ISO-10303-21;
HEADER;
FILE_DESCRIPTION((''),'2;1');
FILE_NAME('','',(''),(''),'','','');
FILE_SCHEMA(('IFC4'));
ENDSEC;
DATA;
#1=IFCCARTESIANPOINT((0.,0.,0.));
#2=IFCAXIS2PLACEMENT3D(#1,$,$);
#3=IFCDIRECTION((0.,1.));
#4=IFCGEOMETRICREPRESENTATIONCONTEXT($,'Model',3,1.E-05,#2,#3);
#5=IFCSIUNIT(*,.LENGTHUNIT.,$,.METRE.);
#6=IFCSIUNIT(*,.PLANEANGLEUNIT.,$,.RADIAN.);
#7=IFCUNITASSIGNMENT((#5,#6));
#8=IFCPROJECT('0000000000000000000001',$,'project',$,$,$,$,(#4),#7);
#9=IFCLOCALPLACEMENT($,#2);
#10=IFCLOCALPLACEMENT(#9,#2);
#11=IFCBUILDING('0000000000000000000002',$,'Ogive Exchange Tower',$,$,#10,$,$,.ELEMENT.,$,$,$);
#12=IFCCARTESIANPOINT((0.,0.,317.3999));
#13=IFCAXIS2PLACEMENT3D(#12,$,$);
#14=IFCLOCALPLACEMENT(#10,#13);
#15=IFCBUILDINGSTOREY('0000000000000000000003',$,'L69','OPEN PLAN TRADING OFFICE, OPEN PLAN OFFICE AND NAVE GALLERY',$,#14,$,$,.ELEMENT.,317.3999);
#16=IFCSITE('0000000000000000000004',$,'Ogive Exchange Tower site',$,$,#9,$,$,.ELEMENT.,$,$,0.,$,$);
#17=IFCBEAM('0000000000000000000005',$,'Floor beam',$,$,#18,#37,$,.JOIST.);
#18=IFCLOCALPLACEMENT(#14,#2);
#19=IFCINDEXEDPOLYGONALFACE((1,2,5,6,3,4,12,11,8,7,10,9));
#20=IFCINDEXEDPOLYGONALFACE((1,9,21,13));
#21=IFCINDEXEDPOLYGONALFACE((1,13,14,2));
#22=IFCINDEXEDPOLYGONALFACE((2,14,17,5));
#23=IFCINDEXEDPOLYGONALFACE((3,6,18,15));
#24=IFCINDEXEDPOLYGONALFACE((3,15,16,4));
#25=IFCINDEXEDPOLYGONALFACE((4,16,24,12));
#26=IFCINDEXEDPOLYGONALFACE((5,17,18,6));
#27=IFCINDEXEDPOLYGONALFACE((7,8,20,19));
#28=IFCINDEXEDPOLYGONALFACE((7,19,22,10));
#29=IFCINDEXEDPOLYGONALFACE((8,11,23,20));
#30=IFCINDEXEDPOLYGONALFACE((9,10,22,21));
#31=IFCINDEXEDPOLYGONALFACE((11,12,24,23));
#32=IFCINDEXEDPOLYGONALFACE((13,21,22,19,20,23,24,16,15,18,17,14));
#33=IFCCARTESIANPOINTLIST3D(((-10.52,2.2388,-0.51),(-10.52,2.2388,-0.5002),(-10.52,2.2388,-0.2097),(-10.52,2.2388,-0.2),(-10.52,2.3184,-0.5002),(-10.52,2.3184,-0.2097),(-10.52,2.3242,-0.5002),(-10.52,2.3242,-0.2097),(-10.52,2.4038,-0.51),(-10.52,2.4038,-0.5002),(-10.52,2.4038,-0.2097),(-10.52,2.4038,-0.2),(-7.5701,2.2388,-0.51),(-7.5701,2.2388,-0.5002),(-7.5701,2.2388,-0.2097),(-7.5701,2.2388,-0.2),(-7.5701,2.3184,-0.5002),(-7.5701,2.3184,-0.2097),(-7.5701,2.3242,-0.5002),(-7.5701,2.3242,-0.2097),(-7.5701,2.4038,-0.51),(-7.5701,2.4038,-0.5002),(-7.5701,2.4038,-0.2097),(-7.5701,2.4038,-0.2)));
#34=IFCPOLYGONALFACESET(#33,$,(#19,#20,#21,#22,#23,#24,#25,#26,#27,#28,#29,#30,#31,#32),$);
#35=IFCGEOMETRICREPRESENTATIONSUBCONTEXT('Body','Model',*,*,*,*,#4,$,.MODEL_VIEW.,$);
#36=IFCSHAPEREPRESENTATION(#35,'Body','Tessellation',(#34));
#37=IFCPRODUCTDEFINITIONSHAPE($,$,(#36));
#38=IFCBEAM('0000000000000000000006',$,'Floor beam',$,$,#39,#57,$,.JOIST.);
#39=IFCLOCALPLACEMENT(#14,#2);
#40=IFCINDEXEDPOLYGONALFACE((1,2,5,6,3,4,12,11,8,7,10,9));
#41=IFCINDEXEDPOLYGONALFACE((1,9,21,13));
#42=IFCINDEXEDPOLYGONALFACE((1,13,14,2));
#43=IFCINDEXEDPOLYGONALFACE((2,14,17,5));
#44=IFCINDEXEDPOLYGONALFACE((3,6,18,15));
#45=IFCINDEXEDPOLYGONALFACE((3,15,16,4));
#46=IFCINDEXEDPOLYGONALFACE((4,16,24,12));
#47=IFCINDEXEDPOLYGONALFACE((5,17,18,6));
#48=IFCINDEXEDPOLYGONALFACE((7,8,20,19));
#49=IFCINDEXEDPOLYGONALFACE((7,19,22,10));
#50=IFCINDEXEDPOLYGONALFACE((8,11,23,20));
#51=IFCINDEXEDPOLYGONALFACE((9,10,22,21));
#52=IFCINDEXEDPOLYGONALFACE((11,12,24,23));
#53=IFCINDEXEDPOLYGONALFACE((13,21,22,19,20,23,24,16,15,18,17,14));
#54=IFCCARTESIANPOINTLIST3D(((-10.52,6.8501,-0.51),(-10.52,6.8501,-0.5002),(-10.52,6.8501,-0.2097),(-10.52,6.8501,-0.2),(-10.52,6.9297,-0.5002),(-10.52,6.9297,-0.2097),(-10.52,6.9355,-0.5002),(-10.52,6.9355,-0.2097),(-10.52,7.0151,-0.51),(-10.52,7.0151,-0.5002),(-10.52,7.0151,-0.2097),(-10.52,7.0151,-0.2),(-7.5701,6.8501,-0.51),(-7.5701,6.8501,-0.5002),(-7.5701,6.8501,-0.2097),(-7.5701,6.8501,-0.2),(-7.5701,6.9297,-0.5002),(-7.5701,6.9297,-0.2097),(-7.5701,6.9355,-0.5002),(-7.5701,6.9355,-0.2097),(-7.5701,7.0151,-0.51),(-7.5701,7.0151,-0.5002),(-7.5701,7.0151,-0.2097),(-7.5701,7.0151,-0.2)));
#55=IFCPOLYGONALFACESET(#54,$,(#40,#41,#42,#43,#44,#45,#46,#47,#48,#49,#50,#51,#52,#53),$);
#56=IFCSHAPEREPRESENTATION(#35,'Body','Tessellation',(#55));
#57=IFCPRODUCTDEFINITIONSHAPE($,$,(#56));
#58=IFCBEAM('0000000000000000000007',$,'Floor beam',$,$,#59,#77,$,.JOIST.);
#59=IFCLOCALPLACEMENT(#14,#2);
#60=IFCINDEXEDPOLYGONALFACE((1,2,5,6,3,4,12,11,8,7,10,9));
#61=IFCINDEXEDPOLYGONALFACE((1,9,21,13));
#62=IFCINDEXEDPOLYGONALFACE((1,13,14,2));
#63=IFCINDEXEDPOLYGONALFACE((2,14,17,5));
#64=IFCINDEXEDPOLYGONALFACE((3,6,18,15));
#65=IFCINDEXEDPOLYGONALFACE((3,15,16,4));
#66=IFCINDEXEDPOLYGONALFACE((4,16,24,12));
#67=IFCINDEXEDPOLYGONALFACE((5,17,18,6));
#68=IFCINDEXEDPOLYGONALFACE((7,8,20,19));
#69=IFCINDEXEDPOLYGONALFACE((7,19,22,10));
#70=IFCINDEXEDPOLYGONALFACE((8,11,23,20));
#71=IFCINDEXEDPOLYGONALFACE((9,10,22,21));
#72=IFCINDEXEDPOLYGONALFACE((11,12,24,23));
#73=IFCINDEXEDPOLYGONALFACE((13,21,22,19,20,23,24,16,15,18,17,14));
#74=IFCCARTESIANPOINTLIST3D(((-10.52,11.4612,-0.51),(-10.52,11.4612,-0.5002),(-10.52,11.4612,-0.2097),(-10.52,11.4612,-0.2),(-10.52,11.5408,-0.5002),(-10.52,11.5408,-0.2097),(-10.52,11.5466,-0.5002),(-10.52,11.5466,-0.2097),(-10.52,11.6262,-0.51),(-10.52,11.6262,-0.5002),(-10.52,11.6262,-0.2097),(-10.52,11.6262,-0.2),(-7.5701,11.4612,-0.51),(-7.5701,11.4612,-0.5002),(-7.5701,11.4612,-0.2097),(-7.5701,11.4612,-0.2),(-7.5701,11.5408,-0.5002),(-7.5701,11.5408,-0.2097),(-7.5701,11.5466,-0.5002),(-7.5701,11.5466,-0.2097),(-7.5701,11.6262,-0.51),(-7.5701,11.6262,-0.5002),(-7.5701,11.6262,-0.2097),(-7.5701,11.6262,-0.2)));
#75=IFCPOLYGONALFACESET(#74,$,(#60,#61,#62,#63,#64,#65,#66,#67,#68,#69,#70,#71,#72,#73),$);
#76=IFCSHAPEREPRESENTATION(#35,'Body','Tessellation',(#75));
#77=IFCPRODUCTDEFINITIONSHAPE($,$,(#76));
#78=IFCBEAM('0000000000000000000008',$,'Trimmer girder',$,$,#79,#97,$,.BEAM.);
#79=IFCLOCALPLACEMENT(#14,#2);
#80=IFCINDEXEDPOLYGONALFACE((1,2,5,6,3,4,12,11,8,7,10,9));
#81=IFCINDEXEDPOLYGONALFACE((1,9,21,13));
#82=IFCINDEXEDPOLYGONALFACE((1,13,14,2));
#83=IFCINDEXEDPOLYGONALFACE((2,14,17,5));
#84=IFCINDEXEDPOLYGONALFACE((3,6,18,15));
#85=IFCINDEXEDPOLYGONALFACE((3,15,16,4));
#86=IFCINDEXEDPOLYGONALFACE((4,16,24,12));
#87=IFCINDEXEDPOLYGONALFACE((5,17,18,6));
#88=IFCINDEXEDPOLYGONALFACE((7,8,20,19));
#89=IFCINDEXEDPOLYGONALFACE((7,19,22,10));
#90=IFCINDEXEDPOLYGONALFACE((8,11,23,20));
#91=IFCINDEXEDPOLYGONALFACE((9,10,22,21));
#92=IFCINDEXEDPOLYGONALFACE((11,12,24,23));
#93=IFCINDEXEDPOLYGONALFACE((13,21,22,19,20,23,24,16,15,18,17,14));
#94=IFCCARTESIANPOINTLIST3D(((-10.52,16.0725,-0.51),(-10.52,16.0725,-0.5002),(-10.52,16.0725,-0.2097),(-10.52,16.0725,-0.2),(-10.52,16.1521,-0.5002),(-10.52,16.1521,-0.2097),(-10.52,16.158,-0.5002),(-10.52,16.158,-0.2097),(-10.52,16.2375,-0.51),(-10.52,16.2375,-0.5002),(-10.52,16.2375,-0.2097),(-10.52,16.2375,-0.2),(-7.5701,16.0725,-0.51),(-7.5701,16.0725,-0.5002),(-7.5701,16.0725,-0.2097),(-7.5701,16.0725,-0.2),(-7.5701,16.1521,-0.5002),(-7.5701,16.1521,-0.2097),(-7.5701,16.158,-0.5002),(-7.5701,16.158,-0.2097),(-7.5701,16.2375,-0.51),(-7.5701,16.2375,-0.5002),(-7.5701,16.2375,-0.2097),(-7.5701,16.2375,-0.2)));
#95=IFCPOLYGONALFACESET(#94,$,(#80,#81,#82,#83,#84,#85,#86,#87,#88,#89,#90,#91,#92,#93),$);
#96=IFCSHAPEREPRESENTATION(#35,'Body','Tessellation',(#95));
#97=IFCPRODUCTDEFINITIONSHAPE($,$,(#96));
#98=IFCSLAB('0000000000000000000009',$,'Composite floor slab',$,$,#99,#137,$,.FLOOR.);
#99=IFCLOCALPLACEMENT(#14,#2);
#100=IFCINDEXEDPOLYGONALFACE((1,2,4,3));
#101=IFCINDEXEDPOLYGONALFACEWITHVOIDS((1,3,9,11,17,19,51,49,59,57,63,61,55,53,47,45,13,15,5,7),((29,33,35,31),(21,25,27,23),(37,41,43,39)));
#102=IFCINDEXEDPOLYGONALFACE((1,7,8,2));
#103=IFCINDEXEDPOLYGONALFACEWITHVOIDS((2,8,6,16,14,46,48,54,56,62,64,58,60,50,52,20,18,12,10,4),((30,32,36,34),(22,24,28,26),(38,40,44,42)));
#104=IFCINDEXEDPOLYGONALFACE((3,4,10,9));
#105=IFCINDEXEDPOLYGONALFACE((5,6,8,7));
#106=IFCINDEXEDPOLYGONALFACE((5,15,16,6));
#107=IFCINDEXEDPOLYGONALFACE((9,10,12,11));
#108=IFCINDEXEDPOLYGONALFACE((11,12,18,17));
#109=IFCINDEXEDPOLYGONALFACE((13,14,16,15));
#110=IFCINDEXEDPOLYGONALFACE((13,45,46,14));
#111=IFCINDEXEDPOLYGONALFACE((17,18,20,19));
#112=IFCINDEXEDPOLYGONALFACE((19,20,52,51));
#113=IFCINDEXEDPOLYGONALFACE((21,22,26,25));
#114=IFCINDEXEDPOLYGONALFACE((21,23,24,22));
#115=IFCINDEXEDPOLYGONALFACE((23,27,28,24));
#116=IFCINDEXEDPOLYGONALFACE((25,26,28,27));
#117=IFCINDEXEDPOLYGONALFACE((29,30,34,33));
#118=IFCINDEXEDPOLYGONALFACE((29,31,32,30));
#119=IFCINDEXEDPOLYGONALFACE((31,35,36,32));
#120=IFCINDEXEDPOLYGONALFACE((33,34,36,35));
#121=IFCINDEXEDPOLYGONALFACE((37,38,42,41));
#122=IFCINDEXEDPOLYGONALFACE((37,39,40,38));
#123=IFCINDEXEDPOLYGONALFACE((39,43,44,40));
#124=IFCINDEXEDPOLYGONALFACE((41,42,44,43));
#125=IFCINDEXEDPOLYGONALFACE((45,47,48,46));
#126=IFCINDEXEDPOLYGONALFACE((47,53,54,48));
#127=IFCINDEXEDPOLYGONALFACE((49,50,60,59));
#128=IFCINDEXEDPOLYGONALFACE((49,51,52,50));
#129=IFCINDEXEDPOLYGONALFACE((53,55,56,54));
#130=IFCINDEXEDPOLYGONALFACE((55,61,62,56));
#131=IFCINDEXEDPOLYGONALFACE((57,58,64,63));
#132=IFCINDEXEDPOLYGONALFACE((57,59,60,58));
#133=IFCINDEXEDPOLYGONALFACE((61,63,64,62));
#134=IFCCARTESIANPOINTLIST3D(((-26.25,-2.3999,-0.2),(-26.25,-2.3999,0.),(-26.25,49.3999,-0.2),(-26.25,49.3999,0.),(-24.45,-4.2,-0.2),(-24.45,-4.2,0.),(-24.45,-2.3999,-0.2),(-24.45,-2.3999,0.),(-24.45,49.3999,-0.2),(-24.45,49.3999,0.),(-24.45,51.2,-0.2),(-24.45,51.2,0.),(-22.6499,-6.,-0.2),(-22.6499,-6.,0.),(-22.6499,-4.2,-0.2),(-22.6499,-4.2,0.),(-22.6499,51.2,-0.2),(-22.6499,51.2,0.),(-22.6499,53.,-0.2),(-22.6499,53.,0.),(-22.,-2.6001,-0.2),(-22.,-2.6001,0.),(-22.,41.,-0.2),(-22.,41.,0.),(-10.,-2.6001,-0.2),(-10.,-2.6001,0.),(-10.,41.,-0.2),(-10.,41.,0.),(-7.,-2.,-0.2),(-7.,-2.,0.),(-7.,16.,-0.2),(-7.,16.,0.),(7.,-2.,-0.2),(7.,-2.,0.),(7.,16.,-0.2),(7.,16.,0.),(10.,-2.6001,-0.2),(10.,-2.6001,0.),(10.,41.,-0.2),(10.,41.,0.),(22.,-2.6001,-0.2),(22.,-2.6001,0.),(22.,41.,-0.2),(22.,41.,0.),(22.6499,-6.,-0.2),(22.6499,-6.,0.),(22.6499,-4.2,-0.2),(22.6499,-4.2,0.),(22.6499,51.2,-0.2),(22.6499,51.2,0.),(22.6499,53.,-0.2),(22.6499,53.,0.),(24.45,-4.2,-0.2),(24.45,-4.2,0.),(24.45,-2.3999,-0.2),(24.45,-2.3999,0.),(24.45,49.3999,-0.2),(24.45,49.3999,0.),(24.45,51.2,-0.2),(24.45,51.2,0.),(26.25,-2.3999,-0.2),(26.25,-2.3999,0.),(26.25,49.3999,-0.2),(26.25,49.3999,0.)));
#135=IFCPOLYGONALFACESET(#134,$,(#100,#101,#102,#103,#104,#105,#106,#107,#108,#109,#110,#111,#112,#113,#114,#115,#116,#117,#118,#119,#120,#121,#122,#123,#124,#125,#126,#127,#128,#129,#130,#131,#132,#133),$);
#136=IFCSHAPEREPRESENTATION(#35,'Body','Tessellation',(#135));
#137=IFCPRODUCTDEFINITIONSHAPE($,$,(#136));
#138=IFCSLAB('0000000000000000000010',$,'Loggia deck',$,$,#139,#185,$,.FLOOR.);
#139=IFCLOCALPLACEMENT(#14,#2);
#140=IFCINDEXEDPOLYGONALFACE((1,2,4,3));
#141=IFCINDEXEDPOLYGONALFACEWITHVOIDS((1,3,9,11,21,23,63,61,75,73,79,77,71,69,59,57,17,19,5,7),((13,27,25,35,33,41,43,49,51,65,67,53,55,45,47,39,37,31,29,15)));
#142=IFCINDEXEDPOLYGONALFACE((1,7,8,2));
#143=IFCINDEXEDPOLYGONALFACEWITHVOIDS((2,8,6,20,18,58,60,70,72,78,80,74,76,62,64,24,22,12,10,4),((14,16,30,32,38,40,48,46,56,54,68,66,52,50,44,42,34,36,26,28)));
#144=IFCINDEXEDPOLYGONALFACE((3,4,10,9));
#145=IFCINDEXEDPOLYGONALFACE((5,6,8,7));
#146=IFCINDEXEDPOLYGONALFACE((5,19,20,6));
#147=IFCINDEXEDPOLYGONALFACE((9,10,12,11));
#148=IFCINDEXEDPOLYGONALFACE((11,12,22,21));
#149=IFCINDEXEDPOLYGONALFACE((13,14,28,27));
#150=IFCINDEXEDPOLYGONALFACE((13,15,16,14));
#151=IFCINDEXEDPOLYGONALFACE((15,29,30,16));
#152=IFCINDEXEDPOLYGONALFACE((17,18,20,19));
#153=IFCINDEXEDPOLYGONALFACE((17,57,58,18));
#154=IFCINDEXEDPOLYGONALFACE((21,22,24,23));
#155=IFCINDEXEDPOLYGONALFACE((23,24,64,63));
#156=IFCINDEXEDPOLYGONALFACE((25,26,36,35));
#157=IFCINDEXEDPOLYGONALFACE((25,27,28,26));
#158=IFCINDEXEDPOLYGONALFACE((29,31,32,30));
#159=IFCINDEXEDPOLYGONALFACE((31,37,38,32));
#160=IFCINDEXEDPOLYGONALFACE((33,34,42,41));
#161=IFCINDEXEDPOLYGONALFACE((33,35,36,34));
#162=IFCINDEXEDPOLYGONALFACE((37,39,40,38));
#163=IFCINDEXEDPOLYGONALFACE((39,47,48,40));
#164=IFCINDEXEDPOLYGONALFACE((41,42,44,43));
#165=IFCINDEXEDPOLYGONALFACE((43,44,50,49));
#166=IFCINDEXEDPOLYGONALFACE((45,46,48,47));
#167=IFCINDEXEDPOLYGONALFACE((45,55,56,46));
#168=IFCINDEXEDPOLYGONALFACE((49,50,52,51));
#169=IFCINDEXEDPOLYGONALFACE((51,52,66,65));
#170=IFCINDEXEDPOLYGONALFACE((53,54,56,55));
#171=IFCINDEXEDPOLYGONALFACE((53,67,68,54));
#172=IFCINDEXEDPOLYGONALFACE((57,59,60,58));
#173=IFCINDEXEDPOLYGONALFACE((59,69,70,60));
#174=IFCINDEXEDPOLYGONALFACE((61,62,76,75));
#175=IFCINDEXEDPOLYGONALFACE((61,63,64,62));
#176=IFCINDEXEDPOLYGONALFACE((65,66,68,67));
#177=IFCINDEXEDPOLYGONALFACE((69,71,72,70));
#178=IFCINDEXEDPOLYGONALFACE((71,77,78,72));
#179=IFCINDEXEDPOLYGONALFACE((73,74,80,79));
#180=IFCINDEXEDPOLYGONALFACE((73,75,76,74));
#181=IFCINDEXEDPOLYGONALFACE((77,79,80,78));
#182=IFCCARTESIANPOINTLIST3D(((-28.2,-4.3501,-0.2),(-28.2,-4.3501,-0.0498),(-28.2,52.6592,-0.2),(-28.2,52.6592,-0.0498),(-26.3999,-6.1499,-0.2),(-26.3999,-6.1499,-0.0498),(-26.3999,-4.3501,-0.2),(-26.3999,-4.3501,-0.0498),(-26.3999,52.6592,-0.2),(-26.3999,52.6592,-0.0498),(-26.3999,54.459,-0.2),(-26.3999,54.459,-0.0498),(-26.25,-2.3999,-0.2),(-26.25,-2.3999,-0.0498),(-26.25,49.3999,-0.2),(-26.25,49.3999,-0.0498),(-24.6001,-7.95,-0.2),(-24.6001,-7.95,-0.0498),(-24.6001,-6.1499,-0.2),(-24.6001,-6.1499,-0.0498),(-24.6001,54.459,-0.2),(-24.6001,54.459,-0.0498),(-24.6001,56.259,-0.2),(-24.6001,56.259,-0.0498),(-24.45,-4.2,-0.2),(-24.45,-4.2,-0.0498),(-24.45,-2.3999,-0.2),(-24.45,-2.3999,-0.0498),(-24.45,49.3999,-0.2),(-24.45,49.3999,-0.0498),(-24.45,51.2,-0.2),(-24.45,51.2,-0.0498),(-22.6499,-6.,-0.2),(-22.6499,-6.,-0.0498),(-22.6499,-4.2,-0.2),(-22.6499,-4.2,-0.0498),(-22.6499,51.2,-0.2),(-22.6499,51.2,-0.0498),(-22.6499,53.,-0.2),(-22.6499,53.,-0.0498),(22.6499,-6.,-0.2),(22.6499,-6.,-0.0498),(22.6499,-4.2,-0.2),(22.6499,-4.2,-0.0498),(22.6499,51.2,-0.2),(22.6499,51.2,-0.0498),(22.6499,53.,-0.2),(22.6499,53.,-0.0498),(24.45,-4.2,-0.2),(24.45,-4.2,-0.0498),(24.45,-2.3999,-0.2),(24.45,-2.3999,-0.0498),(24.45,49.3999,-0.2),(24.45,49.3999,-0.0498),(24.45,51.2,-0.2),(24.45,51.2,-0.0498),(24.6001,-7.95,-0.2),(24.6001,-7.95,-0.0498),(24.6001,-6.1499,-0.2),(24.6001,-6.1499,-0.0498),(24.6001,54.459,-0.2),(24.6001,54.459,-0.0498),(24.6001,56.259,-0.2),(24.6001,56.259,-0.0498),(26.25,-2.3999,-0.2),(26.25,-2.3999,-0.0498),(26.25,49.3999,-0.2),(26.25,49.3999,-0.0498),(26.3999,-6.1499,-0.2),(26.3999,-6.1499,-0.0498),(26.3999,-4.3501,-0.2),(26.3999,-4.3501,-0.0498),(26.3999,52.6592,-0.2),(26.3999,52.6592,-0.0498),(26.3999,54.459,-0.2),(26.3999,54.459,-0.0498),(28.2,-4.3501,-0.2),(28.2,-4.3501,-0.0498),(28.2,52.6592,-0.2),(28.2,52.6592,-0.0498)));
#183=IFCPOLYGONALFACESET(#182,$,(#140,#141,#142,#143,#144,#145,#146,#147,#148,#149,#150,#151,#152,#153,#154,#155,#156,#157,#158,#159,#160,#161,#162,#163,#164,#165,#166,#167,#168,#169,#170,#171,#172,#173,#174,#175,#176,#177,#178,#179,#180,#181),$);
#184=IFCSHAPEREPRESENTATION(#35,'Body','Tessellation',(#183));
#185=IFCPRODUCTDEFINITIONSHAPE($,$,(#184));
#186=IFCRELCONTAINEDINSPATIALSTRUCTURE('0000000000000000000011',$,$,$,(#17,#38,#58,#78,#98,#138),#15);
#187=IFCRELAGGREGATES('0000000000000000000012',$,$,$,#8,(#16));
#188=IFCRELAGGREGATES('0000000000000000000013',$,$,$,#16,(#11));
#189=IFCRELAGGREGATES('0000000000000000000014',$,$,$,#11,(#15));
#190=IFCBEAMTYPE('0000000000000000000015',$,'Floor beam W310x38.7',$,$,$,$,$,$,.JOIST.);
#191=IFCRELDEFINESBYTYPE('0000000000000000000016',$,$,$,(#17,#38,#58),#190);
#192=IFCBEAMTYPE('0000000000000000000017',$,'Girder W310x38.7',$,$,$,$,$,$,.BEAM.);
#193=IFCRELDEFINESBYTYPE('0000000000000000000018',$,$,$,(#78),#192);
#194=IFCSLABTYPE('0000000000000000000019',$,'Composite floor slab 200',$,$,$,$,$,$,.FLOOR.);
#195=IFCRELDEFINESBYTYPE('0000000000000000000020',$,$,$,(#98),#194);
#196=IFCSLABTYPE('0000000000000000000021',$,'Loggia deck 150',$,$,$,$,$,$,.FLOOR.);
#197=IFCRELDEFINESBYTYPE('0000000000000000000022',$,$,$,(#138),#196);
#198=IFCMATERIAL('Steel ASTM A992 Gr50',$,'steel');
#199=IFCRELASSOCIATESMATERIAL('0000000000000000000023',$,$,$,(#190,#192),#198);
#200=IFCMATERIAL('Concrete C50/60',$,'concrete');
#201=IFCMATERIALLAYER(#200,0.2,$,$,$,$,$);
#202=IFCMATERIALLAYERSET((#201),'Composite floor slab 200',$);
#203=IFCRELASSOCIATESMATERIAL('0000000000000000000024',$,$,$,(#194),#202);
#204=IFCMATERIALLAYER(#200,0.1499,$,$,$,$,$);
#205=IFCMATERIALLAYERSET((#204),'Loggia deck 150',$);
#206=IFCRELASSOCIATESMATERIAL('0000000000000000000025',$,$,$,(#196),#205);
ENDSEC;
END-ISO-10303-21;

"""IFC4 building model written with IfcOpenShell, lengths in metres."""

from ifc_helpers import new_model, si_unit, direction, frame, origin, origin_2d, place, context, subcontext, project, spatial, polyline, i_section, outline, extrude, material, layer, layer_set, material_profile, profile_set, type_object, element, save


model = new_model("IFC4")

# Units and contexts
model_context = context("Model", 3, precision=1e-05, world=origin(), true_north=direction((0.0, 1.0)))
body_context = subcontext(model_context, "Body", "Model", "MODEL_VIEW")
ifc_project = project(units=[si_unit("LENGTHUNIT", "METRE"), si_unit("PLANEANGLEUNIT", "RADIAN")], contexts=[model_context])

# Site, building, storey
site_placement = place(None, origin())
site = spatial("IfcSite", under=ifc_project, at=site_placement, Name="Ogive Exchange Tower site", CompositionType="ELEMENT", RefElevation=0.0)
building_placement = place(site_placement, origin())
building = spatial("IfcBuilding", under=site, at=building_placement, Name="Ogive Exchange Tower", CompositionType="ELEMENT")
storey_placement = place(building_placement, frame((0.0, 0.0, 317.3999)))
storey = spatial("IfcBuildingStorey", under=building, at=storey_placement, Name="L69", Description="OPEN PLAN TRADING OFFICE, OPEN PLAN OFFICE AND NAVE GALLERY", CompositionType="ELEMENT", Elevation=317.3999)

# Beams
ifc_material_1 = material(Name="Steel ASTM A992 Gr50", Category="steel")
ifc_material_profile_1 = material_profile(ifc_material_1, i_section(OverallWidth=0.165, OverallDepth=0.3101, WebThickness=0.0059, FlangeThickness=0.0098, at=origin_2d()), Name="W310x38.7")
ifc_profile_set_1 = profile_set([ifc_material_profile_1], Name="Steel ASTM A992 Gr50")
beam_type_1 = type_object("IfcBeamType", Name="Floor beam W310x38.7", PredefinedType="JOIST", material=ifc_profile_set_1)
for number, where, z_axis, x_axis, name in (
    (1, (-10.52, 2.3213, -0.355), (1.0, 0.0, 0.0), (0.0, 1.0, 0.0), "Floor beam"),
    (2, (-10.52, 6.9326, -0.355), (1.0, 0.0, 0.0), (0.0, 1.0, 0.0), "Floor beam"),
    (3, (-10.52, 11.5437, -0.355), (1.0, 0.0, 0.0), (0.0, 1.0, 0.0), "Floor beam"),
):
    element("IfcBeam", number, at=place(storey_placement, frame(where, z_axis=z_axis, x_axis=x_axis)), inside=storey, type_object=beam_type_1, Name=name, PredefinedType="JOIST", context=body_context, shape_type="SweptSolid", body=[
        extrude(i_section(OverallWidth=0.165, OverallDepth=0.3101, WebThickness=0.0059, FlangeThickness=0.0098, at=origin_2d()), origin(), (0.0, 0.0, 1.0), 2.95),
    ])
ifc_material_profile_2 = material_profile(ifc_material_1, i_section(OverallWidth=0.165, OverallDepth=0.3101, WebThickness=0.0059, FlangeThickness=0.0098, at=origin_2d()), Name="W310x38.7")
ifc_profile_set_2 = profile_set([ifc_material_profile_2], Name="Steel ASTM A992 Gr50")
beam_type_2 = type_object("IfcBeamType", Name="Girder W310x38.7", PredefinedType="BEAM", material=ifc_profile_set_2)
beam_placement = place(storey_placement, frame((-10.52, 16.155, -0.355), z_axis=(1.0, 0.0, 0.0), x_axis=(0.0, 1.0, 0.0)))
element("IfcBeam", 4, at=beam_placement, inside=storey, type_object=beam_type_2, Name="Trimmer girder", PredefinedType="BEAM", context=body_context, shape_type="SweptSolid", body=[
    extrude(i_section(OverallWidth=0.165, OverallDepth=0.3101, WebThickness=0.0059, FlangeThickness=0.0098, at=origin_2d()), origin(), (0.0, 0.0, 1.0), 2.95),
])

# Slabs
ifc_material_2 = material(Name="Concrete C50/60", Category="concrete")
ifc_layer_1 = layer(ifc_material_2, 0.2)
ifc_layer_set_1 = layer_set([ifc_layer_1], Name="Composite floor slab 200")
slab_type_1 = type_object("IfcSlabType", Name="Composite floor slab 200", PredefinedType="FLOOR", material=ifc_layer_set_1)
slab_1_placement = place(storey_placement, frame((0.0, 0.0, -0.2)))
element("IfcSlab", 5, at=slab_1_placement, inside=storey, type_object=slab_type_1, Name="Composite floor slab", PredefinedType="FLOOR", context=body_context, shape_type="SweptSolid", body=[
    extrude(outline(polyline([(-22.6499, -4.2), (-24.45, -4.2), (-24.45, -2.3999), (-26.25, -2.3999), (-26.25, 49.3999), (-24.45, 49.3999), (-24.45, 51.2), (-22.6499, 51.2), (-22.6499, 53.0), (22.6499, 53.0), (22.6499, 51.2), (24.45, 51.2), (24.45, 49.3999), (26.25, 49.3999), (26.25, -2.3999), (24.45, -2.3999), (24.45, -4.2), (22.6499, -4.2), (22.6499, -6.0), (-22.6499, -6.0), (-22.6499, -4.2)]), holes=[polyline([(7.0, -2.0), (7.0, 16.0), (-7.0, 16.0), (-7.0, -2.0), (7.0, -2.0)]), polyline([(-22.0, -2.6001), (-10.0, -2.6001), (-10.0, 41.0), (-22.0, 41.0), (-22.0, -2.6001)]), polyline([(10.0, -2.6001), (22.0, -2.6001), (22.0, 41.0), (10.0, 41.0), (10.0, -2.6001)])]), origin(), (0.0, 0.0, 1.0), 0.2),
])
ifc_layer_2 = layer(ifc_material_2, 0.1499)
ifc_layer_set_2 = layer_set([ifc_layer_2], Name="Loggia deck 150")
slab_type_2 = type_object("IfcSlabType", Name="Loggia deck 150", PredefinedType="FLOOR", material=ifc_layer_set_2)
slab_2_placement = place(storey_placement, frame((0.0, 0.0, -0.2)))
element("IfcSlab", 6, at=slab_2_placement, inside=storey, type_object=slab_type_2, Name="Loggia deck", PredefinedType="FLOOR", context=body_context, shape_type="SweptSolid", body=[
    extrude(outline(polyline([(-24.6001, -6.1499), (-26.3999, -6.1499), (-26.3999, -4.3501), (-28.2, -4.3501), (-28.2, 52.6592), (-26.3999, 52.6592), (-26.3999, 54.459), (-24.6001, 54.459), (-24.6001, 56.259), (24.6001, 56.259), (24.6001, 54.459), (26.3999, 54.459), (26.3999, 52.6592), (28.2, 52.6592), (28.2, -4.3501), (26.3999, -4.3501), (26.3999, -6.1499), (24.6001, -6.1499), (24.6001, -7.95), (-24.6001, -7.95), (-24.6001, -6.1499)]), holes=[polyline([(22.6499, -4.2), (24.45, -4.2), (24.45, -2.3999), (26.25, -2.3999), (26.25, 49.3999), (24.45, 49.3999), (24.45, 51.2), (22.6499, 51.2), (22.6499, 53.0), (-22.6499, 53.0), (-22.6499, 51.2), (-24.45, 51.2), (-24.45, 49.3999), (-26.25, 49.3999), (-26.25, -2.3999), (-24.45, -2.3999), (-24.45, -4.2), (-22.6499, -4.2), (-22.6499, -6.0), (22.6499, -6.0), (22.6499, -4.2)])]), origin(), (0.0, 0.0, 1.0), 0.1501),
])

save(model, "model.ifc")
